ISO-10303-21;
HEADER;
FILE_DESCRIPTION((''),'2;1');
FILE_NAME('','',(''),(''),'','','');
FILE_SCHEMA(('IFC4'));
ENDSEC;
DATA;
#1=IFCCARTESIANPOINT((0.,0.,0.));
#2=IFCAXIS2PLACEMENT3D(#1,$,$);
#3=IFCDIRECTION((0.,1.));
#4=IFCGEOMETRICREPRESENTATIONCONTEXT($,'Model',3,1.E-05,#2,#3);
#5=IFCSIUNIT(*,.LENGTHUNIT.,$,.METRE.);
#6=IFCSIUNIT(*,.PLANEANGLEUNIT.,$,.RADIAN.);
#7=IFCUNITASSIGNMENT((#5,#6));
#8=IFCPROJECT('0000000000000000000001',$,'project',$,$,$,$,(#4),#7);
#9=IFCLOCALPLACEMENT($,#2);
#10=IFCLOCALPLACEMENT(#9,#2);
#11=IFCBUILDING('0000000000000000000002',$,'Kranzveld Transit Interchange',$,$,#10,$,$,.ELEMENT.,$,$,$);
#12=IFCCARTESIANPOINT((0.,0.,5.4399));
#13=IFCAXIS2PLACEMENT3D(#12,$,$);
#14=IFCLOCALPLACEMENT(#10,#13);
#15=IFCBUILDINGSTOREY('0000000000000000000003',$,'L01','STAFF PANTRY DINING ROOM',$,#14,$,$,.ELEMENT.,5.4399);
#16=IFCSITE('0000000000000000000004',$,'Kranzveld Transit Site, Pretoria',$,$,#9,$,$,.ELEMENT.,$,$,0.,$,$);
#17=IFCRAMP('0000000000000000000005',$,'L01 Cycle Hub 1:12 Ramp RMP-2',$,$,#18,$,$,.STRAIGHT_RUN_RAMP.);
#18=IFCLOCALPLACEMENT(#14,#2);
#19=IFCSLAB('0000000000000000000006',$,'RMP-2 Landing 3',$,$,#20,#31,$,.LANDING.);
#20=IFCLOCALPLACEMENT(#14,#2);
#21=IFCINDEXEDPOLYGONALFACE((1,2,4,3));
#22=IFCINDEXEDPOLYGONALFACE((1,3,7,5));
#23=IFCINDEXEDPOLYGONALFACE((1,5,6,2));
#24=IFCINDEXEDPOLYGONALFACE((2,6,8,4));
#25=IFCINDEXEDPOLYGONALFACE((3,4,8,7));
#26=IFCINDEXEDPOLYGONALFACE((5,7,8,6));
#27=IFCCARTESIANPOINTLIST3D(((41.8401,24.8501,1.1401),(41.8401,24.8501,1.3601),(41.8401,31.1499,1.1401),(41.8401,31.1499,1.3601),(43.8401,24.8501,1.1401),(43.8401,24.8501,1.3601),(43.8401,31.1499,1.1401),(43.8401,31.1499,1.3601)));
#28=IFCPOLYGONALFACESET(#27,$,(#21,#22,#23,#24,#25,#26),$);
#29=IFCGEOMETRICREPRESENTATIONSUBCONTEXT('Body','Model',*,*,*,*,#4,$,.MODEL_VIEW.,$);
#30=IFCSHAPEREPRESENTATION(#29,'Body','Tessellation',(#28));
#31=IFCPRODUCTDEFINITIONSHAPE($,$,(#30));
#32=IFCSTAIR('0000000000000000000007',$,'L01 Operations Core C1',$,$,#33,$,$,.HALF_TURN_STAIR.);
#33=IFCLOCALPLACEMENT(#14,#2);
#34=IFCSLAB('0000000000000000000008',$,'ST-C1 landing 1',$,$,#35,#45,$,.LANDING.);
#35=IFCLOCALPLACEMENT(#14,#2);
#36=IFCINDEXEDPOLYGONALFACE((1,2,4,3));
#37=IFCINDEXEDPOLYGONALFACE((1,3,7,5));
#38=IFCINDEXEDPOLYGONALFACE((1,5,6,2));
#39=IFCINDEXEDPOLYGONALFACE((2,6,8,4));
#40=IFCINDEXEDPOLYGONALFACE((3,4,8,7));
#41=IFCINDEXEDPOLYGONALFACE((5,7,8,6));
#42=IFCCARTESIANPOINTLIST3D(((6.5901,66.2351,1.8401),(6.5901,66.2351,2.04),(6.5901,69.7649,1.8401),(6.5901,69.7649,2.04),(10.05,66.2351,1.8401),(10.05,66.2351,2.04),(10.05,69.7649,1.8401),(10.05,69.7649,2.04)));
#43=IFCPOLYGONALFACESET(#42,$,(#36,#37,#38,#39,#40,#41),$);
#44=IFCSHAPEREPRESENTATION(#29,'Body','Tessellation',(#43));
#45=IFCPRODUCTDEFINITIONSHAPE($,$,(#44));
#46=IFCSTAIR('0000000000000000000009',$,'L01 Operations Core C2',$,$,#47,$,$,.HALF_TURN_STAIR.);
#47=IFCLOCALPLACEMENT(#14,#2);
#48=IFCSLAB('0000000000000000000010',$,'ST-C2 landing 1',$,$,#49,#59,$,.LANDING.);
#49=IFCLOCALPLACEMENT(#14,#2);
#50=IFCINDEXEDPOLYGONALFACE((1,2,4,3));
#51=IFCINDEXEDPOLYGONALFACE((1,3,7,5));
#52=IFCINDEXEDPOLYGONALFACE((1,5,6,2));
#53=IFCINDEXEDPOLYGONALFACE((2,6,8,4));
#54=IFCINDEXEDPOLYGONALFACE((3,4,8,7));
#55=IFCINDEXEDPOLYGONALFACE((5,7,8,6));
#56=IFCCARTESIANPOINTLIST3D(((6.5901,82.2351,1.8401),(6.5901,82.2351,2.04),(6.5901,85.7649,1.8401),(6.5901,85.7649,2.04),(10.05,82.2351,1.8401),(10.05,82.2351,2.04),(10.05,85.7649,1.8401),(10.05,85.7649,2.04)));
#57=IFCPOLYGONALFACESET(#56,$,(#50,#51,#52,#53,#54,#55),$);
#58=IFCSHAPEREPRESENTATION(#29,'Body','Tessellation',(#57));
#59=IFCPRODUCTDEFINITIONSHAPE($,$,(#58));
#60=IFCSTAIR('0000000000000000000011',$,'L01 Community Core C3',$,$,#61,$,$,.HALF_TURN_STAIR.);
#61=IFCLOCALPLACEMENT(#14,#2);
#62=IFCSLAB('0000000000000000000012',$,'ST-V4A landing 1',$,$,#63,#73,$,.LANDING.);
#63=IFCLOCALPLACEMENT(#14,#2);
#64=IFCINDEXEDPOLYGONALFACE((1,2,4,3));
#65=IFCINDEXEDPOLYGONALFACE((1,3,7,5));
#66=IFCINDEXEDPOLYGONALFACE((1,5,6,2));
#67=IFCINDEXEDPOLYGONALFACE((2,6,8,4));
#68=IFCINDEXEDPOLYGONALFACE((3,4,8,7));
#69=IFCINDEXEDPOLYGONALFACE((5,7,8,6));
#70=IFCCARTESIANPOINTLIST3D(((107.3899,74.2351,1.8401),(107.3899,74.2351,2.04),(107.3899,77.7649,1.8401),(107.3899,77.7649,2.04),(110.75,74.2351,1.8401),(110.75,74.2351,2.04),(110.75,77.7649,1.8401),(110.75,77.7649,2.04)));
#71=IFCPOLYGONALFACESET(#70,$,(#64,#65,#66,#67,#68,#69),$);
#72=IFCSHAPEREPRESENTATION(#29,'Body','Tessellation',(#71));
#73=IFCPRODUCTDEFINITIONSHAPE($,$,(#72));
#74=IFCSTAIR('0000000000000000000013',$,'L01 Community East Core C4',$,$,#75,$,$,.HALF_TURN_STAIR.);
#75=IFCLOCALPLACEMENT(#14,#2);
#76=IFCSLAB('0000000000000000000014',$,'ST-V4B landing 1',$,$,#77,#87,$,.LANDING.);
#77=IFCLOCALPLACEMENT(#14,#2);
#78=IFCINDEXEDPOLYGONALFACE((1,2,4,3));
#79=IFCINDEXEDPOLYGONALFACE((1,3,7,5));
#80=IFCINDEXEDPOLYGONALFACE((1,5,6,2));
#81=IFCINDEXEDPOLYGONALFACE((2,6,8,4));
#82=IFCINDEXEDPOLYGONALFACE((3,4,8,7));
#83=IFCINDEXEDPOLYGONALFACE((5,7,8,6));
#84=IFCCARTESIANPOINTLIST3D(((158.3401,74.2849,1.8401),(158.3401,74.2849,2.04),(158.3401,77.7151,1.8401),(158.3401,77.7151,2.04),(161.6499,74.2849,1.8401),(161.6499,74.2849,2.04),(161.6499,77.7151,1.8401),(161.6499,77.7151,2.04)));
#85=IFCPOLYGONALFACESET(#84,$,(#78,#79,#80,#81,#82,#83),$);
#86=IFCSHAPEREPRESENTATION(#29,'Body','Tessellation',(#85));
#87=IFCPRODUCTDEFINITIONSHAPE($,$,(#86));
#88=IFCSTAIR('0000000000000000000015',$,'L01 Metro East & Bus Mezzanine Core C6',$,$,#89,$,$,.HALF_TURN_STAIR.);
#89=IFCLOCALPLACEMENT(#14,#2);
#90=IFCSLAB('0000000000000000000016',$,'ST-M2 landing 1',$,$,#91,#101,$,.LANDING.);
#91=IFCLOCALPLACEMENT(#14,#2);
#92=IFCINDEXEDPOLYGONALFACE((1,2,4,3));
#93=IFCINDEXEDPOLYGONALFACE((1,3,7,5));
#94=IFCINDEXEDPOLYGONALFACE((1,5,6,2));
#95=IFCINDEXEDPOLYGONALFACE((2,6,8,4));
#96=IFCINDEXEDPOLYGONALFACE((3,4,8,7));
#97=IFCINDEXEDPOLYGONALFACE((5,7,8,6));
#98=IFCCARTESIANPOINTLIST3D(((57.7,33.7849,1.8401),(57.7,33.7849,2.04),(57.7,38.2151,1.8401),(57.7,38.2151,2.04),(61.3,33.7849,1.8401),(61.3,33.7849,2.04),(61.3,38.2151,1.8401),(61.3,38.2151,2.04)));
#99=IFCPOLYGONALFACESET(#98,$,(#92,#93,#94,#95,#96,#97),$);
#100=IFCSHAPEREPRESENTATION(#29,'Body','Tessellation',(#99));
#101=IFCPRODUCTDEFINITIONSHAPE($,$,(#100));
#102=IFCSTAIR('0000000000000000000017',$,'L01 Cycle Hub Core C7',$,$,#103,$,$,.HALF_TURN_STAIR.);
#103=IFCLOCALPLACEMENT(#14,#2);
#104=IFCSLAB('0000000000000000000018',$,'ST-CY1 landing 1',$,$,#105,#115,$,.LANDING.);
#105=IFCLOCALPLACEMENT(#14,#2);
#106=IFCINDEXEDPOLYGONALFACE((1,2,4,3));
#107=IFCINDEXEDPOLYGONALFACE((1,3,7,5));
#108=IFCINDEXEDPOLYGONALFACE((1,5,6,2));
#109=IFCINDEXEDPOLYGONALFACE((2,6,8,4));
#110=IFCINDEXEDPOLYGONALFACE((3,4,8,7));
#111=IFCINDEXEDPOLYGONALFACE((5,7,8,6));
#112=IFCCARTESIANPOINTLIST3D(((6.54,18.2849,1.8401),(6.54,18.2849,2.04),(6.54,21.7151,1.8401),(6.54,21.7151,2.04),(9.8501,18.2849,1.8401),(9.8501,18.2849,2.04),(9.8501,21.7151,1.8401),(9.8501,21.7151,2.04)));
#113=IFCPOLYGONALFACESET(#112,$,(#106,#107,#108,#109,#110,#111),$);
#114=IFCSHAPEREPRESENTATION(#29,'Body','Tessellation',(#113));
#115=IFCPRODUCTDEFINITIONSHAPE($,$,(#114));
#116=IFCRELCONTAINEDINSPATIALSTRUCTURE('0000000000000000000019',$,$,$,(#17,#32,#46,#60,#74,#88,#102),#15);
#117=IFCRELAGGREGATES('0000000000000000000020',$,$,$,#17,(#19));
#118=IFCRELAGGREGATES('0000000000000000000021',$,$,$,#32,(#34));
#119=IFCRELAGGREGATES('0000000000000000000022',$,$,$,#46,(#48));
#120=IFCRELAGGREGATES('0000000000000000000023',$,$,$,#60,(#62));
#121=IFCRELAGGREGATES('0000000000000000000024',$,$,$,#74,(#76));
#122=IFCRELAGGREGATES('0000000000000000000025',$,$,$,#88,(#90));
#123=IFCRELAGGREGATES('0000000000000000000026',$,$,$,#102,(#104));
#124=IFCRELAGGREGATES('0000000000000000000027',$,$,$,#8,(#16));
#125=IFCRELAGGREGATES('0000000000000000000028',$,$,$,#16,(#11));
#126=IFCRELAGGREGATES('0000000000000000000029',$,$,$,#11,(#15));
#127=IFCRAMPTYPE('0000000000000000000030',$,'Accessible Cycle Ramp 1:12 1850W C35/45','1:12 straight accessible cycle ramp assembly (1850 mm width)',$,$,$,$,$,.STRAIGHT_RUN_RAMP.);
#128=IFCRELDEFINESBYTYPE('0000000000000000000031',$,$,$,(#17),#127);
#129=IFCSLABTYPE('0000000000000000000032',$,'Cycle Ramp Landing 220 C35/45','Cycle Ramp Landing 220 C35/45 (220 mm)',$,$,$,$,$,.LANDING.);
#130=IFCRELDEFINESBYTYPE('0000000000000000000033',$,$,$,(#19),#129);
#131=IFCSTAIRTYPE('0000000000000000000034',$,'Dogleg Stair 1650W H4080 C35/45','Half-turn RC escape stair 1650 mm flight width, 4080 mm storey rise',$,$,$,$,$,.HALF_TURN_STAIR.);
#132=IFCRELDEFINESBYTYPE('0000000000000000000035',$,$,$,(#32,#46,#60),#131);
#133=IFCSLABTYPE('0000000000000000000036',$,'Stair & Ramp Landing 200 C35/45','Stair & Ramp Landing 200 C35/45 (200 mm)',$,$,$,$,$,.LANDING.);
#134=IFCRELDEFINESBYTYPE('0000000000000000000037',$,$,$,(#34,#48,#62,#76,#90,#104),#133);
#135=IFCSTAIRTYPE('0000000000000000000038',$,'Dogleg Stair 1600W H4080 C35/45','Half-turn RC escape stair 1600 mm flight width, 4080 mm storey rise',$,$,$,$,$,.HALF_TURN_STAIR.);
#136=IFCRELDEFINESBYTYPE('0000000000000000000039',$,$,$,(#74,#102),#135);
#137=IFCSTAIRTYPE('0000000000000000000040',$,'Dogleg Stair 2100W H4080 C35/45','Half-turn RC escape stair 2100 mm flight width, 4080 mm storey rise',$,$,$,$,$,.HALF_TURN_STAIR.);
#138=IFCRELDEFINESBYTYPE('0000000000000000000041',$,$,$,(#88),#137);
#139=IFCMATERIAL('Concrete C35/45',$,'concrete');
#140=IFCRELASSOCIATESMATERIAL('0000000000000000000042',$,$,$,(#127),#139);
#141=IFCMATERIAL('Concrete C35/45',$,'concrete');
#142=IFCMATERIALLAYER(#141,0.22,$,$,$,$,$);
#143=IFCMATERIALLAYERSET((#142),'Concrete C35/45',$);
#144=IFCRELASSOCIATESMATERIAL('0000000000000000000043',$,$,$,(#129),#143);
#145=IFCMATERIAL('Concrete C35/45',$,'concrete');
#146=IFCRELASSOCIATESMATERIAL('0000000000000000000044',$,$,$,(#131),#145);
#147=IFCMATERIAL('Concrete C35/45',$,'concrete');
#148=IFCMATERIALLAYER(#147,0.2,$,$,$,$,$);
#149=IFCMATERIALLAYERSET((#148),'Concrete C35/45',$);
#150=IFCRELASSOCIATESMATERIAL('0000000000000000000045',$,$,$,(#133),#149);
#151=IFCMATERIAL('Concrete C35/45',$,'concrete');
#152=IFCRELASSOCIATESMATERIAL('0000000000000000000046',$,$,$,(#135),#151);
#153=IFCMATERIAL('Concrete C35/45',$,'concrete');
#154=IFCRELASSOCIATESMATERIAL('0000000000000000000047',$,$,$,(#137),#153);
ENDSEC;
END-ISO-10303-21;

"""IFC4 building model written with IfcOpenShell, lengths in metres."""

from ifc_helpers import new_model, si_unit, direction, frame, origin, place, context, subcontext, project, spatial, polyline, outline, extrude, material, layer, layer_set, type_object, element, aggregate, save


model = new_model("IFC4")

# Units and contexts
model_context = context("Model", 3, precision=1e-05, world=origin(), true_north=direction((0.0, 1.0)))
body_context = subcontext(model_context, "Body", "Model", "MODEL_VIEW")
ifc_project = project(units=[si_unit("LENGTHUNIT", "METRE"), si_unit("PLANEANGLEUNIT", "RADIAN")], contexts=[model_context])

# Site, building, storey
site_placement = place(None, origin())
site = spatial("IfcSite", under=ifc_project, at=site_placement, Name="Kranzveld Transit Site, Pretoria", CompositionType="ELEMENT", RefElevation=0.0)
building_placement = place(site_placement, origin())
building = spatial("IfcBuilding", under=site, at=building_placement, Name="Kranzveld Transit Interchange", CompositionType="ELEMENT")
storey_placement = place(building_placement, frame((0.0, 0.0, 5.4399)))
storey = spatial("IfcBuildingStorey", under=building, at=storey_placement, Name="L01", Description="STAFF PANTRY DINING ROOM", CompositionType="ELEMENT", Elevation=5.4399)

# Ramp, slab
ifc_material_1 = material(Name="Concrete C35/45", Category="concrete")
ramp_type = type_object("IfcRampType", Name="Accessible Cycle Ramp 1:12 1850W C35/45", Description="1:12 straight accessible cycle ramp assembly (1850 mm width)", PredefinedType="STRAIGHT_RUN_RAMP", material=ifc_material_1)
ramp_placement = place(storey_placement, origin())
ramp = element("IfcRamp", 1, at=ramp_placement, inside=storey, type_object=ramp_type, Name="L01 Cycle Hub 1:12 Ramp RMP-2", PredefinedType="STRAIGHT_RUN_RAMP")
ifc_material_2 = material(Name="Concrete C35/45", Category="concrete")
ifc_layer_1 = layer(ifc_material_2, 0.22)
ifc_layer_set_1 = layer_set([ifc_layer_1], Name="Concrete C35/45")
slab_type_1 = type_object("IfcSlabType", Name="Cycle Ramp Landing 220 C35/45", Description="Cycle Ramp Landing 220 C35/45 (220 mm)", PredefinedType="LANDING", material=ifc_layer_set_1)
slab_1_placement = place(storey_placement, frame((0.0, 0.0, 1.1401)))
slab_1 = element("IfcSlab", 2, at=slab_1_placement, type_object=slab_type_1, Name="RMP-2 Landing 3", PredefinedType="LANDING", context=body_context, shape_type="SweptSolid", body=[
    extrude(outline(polyline([(41.8401, 24.8501), (43.8401, 24.8501), (43.8401, 31.1499), (41.8401, 31.1499), (41.8401, 24.8501)])), origin(), (0.0, 0.0, 1.0), 0.22),
])
aggregate(ramp, [slab_1])

# Stairs, slabs
ifc_material_3 = material(Name="Concrete C35/45", Category="concrete")
stair_type_1 = type_object("IfcStairType", Name="Dogleg Stair 1650W H4080 C35/45", Description="Half-turn RC escape stair 1650 mm flight width, 4080 mm storey rise", PredefinedType="HALF_TURN_STAIR", material=ifc_material_3)
stair_1_placement = place(storey_placement, origin())
stair_1 = element("IfcStair", 3, at=stair_1_placement, inside=storey, type_object=stair_type_1, Name="L01 Operations Core C1", PredefinedType="HALF_TURN_STAIR")
ifc_material_4 = material(Name="Concrete C35/45", Category="concrete")
ifc_layer_2 = layer(ifc_material_4, 0.2)
ifc_layer_set_2 = layer_set([ifc_layer_2], Name="Concrete C35/45")
slab_type_2 = type_object("IfcSlabType", Name="Stair & Ramp Landing 200 C35/45", Description="Stair & Ramp Landing 200 C35/45 (200 mm)", PredefinedType="LANDING", material=ifc_layer_set_2)
slab_2_placement = place(storey_placement, frame((0.0, 0.0, 1.8401)))
slab_2 = element("IfcSlab", 4, at=slab_2_placement, type_object=slab_type_2, Name="ST-C1 landing 1", PredefinedType="LANDING", context=body_context, shape_type="SweptSolid", body=[
    extrude(outline(polyline([(6.5901, 66.2351), (10.05, 66.2351), (10.05, 69.7649), (6.5901, 69.7649), (6.5901, 66.2351)])), origin(), (0.0, 0.0, 1.0), 0.2),
])
aggregate(stair_1, [slab_2])
stair_2_placement = place(storey_placement, origin())
stair_2 = element("IfcStair", 5, at=stair_2_placement, inside=storey, type_object=stair_type_1, Name="L01 Operations Core C2", PredefinedType="HALF_TURN_STAIR")
slab_3_placement = place(storey_placement, frame((0.0, 0.0, 1.8401)))
slab_3 = element("IfcSlab", 6, at=slab_3_placement, type_object=slab_type_2, Name="ST-C2 landing 1", PredefinedType="LANDING", context=body_context, shape_type="SweptSolid", body=[
    extrude(outline(polyline([(6.5901, 82.2351), (10.05, 82.2351), (10.05, 85.7649), (6.5901, 85.7649), (6.5901, 82.2351)])), origin(), (0.0, 0.0, 1.0), 0.2),
])
aggregate(stair_2, [slab_3])
stair_3_placement = place(storey_placement, origin())
stair_3 = element("IfcStair", 7, at=stair_3_placement, inside=storey, type_object=stair_type_1, Name="L01 Community Core C3", PredefinedType="HALF_TURN_STAIR")
slab_4_placement = place(storey_placement, frame((0.0, 0.0, 1.8401)))
slab_4 = element("IfcSlab", 8, at=slab_4_placement, type_object=slab_type_2, Name="ST-V4A landing 1", PredefinedType="LANDING", context=body_context, shape_type="SweptSolid", body=[
    extrude(outline(polyline([(107.3899, 74.2351), (110.75, 74.2351), (110.75, 77.7649), (107.3899, 77.7649), (107.3899, 74.2351)])), origin(), (0.0, 0.0, 1.0), 0.2),
])
aggregate(stair_3, [slab_4])
ifc_material_5 = material(Name="Concrete C35/45", Category="concrete")
stair_type_2 = type_object("IfcStairType", Name="Dogleg Stair 1600W H4080 C35/45", Description="Half-turn RC escape stair 1600 mm flight width, 4080 mm storey rise", PredefinedType="HALF_TURN_STAIR", material=ifc_material_5)
stair_4_placement = place(storey_placement, origin())
stair_4 = element("IfcStair", 9, at=stair_4_placement, inside=storey, type_object=stair_type_2, Name="L01 Community East Core C4", PredefinedType="HALF_TURN_STAIR")
slab_5_placement = place(storey_placement, frame((0.0, 0.0, 1.8401)))
slab_5 = element("IfcSlab", 10, at=slab_5_placement, type_object=slab_type_2, Name="ST-V4B landing 1", PredefinedType="LANDING", context=body_context, shape_type="SweptSolid", body=[
    extrude(outline(polyline([(158.3401, 74.2849), (161.6499, 74.2849), (161.6499, 77.7151), (158.3401, 77.7151), (158.3401, 74.2849)])), origin(), (0.0, 0.0, 1.0), 0.2),
])
aggregate(stair_4, [slab_5])
ifc_material_6 = material(Name="Concrete C35/45", Category="concrete")
stair_type_3 = type_object("IfcStairType", Name="Dogleg Stair 2100W H4080 C35/45", Description="Half-turn RC escape stair 2100 mm flight width, 4080 mm storey rise", PredefinedType="HALF_TURN_STAIR", material=ifc_material_6)
stair_5_placement = place(storey_placement, origin())
stair_5 = element("IfcStair", 11, at=stair_5_placement, inside=storey, type_object=stair_type_3, Name="L01 Metro East & Bus Mezzanine Core C6", PredefinedType="HALF_TURN_STAIR")
slab_6_placement = place(storey_placement, frame((0.0, 0.0, 1.8401)))
slab_6 = element("IfcSlab", 12, at=slab_6_placement, type_object=slab_type_2, Name="ST-M2 landing 1", PredefinedType="LANDING", context=body_context, shape_type="SweptSolid", body=[
    extrude(outline(polyline([(57.7, 33.7849), (61.3, 33.7849), (61.3, 38.2151), (57.7, 38.2151), (57.7, 33.7849)])), origin(), (0.0, 0.0, 1.0), 0.2),
])
aggregate(stair_5, [slab_6])
stair_6_placement = place(storey_placement, origin())
stair_6 = element("IfcStair", 13, at=stair_6_placement, inside=storey, type_object=stair_type_2, Name="L01 Cycle Hub Core C7", PredefinedType="HALF_TURN_STAIR")
slab_7_placement = place(storey_placement, frame((0.0, 0.0, 1.8401)))
slab_7 = element("IfcSlab", 14, at=slab_7_placement, type_object=slab_type_2, Name="ST-CY1 landing 1", PredefinedType="LANDING", context=body_context, shape_type="SweptSolid", body=[
    extrude(outline(polyline([(6.54, 18.2849), (9.8501, 18.2849), (9.8501, 21.7151), (6.54, 21.7151), (6.54, 18.2849)])), origin(), (0.0, 0.0, 1.0), 0.2),
])
aggregate(stair_6, [slab_7])

save(model, "model.ifc")
